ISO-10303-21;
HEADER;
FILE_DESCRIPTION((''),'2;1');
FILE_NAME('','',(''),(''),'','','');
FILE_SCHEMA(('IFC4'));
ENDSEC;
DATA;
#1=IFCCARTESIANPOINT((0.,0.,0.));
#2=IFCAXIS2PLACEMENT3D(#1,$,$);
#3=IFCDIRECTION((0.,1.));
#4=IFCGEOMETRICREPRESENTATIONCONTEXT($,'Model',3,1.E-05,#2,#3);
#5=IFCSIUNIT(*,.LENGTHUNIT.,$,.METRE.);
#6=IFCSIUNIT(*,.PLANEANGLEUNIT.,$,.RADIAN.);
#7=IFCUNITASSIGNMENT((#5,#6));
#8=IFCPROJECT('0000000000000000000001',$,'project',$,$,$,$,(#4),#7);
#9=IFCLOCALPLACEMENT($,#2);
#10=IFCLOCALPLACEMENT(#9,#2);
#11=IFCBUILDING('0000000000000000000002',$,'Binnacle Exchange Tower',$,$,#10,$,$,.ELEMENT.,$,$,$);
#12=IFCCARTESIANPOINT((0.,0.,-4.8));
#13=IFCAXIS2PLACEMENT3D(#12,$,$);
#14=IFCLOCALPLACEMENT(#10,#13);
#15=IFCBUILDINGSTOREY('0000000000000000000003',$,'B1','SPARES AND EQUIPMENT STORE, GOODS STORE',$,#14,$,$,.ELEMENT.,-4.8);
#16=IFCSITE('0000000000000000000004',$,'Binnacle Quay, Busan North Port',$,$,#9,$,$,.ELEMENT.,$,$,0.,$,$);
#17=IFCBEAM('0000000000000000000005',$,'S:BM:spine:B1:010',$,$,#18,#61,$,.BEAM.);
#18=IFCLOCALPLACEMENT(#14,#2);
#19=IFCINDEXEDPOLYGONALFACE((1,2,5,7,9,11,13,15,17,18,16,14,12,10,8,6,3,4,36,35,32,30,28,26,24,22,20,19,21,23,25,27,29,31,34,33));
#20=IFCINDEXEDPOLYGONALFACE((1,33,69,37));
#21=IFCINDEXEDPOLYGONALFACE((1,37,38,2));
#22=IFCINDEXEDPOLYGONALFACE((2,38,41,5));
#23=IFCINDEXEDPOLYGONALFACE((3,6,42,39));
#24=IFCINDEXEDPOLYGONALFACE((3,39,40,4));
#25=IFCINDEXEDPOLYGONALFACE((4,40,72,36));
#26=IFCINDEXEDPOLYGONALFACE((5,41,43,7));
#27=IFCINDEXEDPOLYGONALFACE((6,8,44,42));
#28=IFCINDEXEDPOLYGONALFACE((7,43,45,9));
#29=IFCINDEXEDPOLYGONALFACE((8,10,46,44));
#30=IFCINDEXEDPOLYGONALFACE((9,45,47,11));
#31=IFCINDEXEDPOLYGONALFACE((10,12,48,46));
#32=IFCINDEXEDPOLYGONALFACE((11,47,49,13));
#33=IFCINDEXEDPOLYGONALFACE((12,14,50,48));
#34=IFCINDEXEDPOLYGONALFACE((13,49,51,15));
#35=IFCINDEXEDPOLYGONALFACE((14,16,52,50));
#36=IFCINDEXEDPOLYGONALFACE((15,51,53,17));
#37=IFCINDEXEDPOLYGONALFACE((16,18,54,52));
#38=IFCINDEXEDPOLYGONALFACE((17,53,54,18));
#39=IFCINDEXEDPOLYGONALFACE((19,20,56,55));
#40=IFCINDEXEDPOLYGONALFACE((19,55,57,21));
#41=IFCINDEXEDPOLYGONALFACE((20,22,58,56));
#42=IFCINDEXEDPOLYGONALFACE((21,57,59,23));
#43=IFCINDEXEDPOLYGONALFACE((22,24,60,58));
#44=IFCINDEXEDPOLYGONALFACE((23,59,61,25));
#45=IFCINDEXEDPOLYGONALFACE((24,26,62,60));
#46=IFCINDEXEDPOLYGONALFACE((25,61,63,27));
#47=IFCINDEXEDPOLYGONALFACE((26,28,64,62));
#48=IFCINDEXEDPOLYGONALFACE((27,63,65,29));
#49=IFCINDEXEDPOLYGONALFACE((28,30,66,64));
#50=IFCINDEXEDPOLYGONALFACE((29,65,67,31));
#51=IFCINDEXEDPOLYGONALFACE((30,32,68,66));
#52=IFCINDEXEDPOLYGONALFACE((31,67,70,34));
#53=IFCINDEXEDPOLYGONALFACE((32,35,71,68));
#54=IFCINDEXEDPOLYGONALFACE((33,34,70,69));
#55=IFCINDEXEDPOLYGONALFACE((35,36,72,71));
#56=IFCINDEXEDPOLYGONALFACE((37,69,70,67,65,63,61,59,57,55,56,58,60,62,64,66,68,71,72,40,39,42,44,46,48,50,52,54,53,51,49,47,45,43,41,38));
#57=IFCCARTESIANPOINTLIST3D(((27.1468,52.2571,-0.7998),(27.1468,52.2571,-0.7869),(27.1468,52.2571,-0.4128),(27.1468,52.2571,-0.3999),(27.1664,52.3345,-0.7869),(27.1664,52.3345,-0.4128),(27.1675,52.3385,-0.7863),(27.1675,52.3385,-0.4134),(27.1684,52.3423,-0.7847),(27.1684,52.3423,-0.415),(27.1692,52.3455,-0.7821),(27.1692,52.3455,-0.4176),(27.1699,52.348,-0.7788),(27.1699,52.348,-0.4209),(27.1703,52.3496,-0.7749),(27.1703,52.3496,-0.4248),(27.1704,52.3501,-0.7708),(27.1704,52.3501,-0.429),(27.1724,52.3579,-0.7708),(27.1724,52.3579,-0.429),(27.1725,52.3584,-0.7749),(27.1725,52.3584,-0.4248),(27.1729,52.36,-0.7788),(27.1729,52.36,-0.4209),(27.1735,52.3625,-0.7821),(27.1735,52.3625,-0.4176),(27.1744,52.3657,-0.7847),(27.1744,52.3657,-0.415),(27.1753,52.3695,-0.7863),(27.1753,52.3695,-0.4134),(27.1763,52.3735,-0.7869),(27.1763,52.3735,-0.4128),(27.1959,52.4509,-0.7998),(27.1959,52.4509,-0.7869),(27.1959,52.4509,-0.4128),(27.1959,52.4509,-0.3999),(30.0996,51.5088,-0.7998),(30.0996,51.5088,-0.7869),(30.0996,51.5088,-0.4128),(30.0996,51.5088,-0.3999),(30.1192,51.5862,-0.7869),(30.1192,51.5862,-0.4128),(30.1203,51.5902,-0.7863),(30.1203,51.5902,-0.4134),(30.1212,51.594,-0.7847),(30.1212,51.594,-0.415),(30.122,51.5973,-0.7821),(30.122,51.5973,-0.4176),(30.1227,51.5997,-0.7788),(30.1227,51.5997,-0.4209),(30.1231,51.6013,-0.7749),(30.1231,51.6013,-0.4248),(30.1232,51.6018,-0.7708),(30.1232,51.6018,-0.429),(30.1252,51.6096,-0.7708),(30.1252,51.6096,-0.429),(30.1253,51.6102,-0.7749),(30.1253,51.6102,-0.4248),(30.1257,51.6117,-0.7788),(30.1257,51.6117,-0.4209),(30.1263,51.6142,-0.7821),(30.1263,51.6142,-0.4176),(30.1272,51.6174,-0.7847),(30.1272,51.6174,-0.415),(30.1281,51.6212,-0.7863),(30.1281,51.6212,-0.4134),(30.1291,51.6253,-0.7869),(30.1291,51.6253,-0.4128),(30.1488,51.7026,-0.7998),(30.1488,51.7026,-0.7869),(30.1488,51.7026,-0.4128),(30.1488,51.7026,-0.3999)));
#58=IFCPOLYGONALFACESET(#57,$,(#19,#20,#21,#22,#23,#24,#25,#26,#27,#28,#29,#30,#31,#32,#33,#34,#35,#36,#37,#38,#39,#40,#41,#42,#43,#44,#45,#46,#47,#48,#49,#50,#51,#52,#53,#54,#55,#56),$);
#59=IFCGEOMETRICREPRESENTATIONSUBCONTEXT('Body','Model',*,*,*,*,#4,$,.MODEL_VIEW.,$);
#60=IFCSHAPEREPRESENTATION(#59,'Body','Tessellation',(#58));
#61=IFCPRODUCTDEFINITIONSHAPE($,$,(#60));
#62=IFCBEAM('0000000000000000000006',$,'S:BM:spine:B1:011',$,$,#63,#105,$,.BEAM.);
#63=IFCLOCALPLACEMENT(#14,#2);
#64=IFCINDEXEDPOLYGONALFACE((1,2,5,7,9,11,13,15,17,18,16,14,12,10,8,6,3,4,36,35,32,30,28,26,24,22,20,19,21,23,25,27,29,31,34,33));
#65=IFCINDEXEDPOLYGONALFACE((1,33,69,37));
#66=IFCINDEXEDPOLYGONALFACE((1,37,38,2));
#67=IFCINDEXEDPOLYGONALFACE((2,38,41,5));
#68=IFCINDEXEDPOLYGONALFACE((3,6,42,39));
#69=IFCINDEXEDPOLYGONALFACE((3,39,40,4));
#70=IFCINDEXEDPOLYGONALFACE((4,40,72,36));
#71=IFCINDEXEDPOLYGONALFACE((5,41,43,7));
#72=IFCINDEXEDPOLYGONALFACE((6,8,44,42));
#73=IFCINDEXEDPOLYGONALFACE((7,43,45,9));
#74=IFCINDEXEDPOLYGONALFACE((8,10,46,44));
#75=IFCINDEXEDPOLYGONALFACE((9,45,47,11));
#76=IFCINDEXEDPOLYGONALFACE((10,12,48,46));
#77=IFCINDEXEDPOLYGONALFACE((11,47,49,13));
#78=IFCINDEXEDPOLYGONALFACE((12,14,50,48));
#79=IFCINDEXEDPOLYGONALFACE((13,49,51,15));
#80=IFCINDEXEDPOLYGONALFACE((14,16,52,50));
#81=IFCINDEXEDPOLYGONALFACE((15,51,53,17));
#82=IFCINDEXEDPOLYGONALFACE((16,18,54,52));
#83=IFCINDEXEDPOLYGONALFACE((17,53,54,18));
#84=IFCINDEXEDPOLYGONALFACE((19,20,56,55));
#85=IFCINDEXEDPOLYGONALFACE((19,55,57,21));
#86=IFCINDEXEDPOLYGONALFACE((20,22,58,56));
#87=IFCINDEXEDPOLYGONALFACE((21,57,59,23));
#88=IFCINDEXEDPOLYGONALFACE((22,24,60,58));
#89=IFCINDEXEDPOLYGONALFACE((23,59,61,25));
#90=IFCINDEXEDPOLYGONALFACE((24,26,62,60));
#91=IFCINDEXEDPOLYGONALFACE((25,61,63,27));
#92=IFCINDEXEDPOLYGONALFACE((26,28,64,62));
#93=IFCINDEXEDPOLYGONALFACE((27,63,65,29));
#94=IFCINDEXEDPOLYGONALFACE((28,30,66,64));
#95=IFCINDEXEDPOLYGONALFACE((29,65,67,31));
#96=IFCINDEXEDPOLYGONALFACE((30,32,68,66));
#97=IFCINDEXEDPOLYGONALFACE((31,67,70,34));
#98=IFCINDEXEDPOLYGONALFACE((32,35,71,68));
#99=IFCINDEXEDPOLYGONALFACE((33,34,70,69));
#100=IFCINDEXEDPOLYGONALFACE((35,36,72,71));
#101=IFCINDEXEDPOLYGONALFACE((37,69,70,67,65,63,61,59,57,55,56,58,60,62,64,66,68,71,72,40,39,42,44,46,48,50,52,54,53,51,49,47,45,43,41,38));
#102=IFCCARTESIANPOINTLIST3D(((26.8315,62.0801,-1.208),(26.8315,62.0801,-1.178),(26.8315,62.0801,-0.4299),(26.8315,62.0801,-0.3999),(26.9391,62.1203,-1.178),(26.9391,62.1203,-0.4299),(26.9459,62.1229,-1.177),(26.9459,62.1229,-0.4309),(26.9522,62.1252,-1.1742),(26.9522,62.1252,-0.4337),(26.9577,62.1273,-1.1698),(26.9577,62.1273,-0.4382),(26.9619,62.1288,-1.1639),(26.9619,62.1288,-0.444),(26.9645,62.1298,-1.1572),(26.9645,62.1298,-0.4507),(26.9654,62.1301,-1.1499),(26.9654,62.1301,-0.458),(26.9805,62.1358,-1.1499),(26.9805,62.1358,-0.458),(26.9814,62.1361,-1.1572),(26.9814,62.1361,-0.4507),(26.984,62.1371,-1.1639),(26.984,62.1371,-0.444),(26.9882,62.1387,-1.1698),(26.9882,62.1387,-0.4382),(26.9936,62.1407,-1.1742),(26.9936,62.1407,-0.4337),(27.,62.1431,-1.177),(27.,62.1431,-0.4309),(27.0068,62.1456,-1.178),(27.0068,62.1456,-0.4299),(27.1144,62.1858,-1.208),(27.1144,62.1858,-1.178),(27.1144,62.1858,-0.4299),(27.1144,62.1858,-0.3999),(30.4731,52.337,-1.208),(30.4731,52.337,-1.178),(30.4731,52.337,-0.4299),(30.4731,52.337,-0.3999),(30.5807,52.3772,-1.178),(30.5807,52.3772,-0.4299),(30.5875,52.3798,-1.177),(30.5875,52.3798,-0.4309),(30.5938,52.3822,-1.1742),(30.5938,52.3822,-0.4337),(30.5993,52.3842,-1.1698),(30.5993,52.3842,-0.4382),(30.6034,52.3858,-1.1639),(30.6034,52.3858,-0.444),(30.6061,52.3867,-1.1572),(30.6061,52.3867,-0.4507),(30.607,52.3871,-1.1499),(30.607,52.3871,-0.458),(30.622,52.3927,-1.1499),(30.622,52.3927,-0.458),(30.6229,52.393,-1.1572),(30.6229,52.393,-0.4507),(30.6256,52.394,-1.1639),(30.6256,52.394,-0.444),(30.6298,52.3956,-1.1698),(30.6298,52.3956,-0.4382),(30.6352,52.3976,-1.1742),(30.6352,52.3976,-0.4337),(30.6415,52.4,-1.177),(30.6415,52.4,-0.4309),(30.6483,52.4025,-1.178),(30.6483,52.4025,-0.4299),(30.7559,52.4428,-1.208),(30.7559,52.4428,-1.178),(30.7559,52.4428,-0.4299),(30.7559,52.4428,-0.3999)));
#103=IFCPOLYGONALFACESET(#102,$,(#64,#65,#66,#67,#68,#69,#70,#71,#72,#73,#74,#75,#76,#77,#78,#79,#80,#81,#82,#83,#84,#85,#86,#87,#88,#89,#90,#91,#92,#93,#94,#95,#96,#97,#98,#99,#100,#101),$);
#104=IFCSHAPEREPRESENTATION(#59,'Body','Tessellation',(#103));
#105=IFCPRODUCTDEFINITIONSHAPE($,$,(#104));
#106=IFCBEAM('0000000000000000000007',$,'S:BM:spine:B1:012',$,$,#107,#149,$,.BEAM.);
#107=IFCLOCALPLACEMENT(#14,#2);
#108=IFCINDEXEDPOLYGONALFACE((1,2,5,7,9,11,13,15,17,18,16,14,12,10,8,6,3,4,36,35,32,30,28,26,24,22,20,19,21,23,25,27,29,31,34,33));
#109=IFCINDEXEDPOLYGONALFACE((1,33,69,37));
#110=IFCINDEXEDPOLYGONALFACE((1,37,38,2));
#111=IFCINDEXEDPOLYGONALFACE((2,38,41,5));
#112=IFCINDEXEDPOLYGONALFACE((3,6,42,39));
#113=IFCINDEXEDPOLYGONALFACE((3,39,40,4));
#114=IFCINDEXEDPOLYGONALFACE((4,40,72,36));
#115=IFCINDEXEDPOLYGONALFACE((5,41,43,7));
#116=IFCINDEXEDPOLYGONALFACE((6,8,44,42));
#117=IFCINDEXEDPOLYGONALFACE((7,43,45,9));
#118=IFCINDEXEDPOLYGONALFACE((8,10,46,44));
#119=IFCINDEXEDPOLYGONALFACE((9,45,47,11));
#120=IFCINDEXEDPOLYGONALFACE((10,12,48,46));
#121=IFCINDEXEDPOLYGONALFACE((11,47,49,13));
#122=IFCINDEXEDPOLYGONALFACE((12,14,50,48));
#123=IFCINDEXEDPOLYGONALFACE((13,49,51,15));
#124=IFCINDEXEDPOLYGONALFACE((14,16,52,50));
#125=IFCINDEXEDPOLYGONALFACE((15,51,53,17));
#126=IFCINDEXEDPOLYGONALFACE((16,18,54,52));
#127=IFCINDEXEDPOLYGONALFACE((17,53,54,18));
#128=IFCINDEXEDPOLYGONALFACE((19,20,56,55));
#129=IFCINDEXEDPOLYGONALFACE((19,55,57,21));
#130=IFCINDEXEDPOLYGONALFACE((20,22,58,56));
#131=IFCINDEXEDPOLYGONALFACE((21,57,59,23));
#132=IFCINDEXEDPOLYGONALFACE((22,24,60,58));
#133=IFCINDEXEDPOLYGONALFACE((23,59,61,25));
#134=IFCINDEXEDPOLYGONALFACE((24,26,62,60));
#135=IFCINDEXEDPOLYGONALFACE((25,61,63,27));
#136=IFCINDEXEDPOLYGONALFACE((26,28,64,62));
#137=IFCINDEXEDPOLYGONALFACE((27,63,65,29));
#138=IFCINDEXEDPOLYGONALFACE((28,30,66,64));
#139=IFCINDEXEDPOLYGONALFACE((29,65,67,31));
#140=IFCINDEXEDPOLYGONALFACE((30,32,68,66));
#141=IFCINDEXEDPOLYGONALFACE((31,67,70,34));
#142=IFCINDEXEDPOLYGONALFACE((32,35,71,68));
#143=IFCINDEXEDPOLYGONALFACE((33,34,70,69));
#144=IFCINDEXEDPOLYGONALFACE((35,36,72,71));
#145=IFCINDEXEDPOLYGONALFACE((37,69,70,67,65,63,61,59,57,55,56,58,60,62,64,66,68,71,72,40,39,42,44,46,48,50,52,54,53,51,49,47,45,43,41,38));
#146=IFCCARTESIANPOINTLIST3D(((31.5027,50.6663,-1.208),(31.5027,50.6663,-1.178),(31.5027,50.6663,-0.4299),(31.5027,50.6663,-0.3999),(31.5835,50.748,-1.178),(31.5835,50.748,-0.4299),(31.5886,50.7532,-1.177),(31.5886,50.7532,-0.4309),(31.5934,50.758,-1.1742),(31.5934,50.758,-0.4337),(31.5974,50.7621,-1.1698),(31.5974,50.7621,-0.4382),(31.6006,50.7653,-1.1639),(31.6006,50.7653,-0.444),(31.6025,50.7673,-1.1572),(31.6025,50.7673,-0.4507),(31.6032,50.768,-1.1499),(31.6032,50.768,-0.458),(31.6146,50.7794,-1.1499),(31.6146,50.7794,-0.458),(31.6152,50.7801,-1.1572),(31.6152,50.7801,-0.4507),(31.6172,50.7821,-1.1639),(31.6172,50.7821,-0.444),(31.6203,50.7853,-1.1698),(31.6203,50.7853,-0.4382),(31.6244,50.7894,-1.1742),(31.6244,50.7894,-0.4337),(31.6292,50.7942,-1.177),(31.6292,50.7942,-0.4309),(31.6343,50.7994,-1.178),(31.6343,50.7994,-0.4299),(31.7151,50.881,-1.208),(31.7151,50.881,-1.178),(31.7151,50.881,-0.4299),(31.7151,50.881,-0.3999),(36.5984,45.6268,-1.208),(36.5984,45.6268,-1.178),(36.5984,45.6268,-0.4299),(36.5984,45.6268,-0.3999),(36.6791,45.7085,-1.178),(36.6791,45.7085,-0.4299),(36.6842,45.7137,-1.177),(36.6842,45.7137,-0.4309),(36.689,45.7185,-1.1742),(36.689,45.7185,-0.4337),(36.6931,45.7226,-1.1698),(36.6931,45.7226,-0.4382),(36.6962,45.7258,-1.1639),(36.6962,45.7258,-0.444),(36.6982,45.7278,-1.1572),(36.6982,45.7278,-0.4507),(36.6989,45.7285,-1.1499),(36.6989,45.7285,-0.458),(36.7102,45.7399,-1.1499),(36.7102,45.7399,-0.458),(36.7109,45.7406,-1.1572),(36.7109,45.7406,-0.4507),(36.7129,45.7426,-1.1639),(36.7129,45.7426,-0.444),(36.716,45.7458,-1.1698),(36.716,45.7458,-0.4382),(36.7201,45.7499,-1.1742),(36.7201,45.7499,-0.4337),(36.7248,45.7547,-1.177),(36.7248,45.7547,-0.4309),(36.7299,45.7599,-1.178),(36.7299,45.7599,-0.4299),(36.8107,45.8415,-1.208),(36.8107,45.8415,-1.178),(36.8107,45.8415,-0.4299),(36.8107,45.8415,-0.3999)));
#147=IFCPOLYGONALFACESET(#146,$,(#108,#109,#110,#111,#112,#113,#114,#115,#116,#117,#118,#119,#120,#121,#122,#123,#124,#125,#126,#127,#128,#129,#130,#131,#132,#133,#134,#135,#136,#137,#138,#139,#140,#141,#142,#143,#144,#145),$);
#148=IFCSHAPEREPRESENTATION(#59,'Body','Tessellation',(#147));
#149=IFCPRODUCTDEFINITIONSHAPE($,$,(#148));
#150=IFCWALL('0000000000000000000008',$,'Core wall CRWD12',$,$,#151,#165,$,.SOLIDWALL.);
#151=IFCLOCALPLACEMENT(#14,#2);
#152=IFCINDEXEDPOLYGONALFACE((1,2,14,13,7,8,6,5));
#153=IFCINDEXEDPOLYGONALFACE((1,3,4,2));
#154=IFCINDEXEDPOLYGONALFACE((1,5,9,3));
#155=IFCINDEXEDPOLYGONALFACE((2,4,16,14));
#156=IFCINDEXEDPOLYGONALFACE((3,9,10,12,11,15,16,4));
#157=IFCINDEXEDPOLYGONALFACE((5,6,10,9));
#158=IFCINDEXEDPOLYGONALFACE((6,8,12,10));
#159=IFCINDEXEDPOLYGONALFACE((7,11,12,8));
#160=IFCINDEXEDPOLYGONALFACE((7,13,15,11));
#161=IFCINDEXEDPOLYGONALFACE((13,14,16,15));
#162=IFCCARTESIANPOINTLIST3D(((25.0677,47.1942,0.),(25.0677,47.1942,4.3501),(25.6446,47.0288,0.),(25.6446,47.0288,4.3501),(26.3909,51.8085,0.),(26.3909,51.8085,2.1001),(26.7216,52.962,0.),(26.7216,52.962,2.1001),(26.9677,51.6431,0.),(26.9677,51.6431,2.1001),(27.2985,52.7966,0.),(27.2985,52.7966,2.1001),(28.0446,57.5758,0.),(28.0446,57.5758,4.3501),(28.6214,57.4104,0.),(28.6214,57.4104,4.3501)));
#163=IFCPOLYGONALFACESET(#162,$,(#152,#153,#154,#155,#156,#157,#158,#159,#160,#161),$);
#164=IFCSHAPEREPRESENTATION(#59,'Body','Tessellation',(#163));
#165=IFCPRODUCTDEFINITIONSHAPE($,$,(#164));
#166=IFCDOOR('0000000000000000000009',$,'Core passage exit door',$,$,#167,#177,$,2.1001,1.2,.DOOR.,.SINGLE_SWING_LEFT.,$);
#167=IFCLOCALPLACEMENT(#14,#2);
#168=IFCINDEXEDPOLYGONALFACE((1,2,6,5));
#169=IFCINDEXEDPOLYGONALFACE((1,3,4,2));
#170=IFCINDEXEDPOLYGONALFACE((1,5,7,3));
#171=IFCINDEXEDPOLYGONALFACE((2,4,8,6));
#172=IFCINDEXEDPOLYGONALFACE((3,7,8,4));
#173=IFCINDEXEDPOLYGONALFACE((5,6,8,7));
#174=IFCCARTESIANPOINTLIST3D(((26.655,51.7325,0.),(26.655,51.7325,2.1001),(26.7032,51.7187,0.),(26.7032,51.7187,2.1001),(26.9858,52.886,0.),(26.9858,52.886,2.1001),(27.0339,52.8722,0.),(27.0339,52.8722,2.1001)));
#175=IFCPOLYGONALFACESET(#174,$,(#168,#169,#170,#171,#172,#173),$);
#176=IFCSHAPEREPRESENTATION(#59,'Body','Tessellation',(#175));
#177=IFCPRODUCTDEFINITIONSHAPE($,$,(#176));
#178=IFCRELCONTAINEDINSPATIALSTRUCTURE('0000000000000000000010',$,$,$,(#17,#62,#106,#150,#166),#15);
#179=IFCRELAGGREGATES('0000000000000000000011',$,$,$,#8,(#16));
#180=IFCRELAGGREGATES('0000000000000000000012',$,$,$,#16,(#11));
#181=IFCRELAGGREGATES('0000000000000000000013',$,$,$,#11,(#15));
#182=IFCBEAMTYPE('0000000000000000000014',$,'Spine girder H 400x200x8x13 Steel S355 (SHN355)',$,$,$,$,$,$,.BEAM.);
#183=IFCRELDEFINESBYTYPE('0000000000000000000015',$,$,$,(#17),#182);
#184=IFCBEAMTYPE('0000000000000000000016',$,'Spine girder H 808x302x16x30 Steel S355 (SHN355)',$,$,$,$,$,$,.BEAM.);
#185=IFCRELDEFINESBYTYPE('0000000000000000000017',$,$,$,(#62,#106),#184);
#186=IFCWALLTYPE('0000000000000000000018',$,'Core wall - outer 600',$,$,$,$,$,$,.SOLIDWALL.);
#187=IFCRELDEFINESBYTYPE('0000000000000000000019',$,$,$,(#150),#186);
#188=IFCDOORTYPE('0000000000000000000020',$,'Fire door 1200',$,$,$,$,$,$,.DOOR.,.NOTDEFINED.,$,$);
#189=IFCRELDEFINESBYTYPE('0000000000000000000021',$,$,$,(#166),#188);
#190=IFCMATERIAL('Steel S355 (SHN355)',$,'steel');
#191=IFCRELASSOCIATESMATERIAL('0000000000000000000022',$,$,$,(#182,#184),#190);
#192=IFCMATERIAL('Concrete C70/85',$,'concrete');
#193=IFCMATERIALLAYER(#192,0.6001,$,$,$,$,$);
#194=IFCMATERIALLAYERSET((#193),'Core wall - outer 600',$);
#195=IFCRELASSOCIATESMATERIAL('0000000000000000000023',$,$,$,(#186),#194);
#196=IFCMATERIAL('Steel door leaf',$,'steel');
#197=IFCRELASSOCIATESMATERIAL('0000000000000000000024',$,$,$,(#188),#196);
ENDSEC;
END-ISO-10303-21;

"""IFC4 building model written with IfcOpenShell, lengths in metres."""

from ifc_helpers import new_model, si_unit, direction, frame, frame_2d, origin, origin_2d, place, context, subcontext, project, spatial, rectangle, i_section, extrude, material, layer, layer_set, material_profile, profile_set, type_object, element, fill, save


model = new_model("IFC4")

# Units and contexts
model_context = context("Model", 3, precision=1e-05, world=origin(), true_north=direction((0.0, 1.0)))
body_context = subcontext(model_context, "Body", "Model", "MODEL_VIEW")
ifc_project = project(units=[si_unit("LENGTHUNIT", "METRE"), si_unit("PLANEANGLEUNIT", "RADIAN")], contexts=[model_context])

# Site, building, storey
site_placement = place(None, origin())
site = spatial("IfcSite", under=ifc_project, at=site_placement, Name="Binnacle Quay, Busan North Port", CompositionType="ELEMENT", RefElevation=0.0)
building_placement = place(site_placement, origin())
building = spatial("IfcBuilding", under=site, at=building_placement, Name="Binnacle Exchange Tower", CompositionType="ELEMENT")
storey_placement = place(building_placement, frame((0.0, 0.0, -4.8)))
storey = spatial("IfcBuildingStorey", under=building, at=storey_placement, Name="B1", Description="SPARES AND EQUIPMENT STORE, GOODS STORE", CompositionType="ELEMENT", Elevation=-4.8)

# Shared definitions
ifc_material_1 = material(Name="Concrete C70/85", Category="concrete")

# Beams
ifc_material_2 = material(Name="Steel S355 (SHN355)", Category="steel")
ifc_material_profile_1 = material_profile(ifc_material_2, i_section(OverallWidth=0.2, OverallDepth=0.3999, WebThickness=0.0081, FlangeThickness=0.0129, FilletRadius=0.0161, at=origin_2d()), Name="H 400x200x8x13")
ifc_profile_set_1 = profile_set([ifc_material_profile_1], Name="Steel S355 (SHN355)")
beam_type_1 = type_object("IfcBeamType", Name="Spine girder H 400x200x8x13 Steel S355 (SHN355)", PredefinedType="BEAM", material=ifc_profile_set_1)
beam_1_placement = place(storey_placement, frame((27.1714, 52.354, -0.5999), z_axis=(0.96936, -0.245646, 0.0), x_axis=(0.245646, 0.96936, 0.0)))
element("IfcBeam", 1, at=beam_1_placement, inside=storey, type_object=beam_type_1, Name="S:BM:spine:B1:010", PredefinedType="BEAM", context=body_context, shape_type="SweptSolid", body=[
    extrude(i_section(OverallWidth=0.2, OverallDepth=0.3999, WebThickness=0.0081, FlangeThickness=0.0129, FilletRadius=0.0161, at=origin_2d()), origin(), (0.0, 0.0, 1.0), 3.0461),
])
ifc_material_profile_2 = material_profile(ifc_material_2, i_section(OverallWidth=0.302, OverallDepth=0.8081, WebThickness=0.0161, FlangeThickness=0.03, FilletRadius=0.0281, at=origin_2d()), Name="H 808x302x16x30")
ifc_profile_set_2 = profile_set([ifc_material_profile_2], Name="Steel S355 (SHN355)")
beam_type_2 = type_object("IfcBeamType", Name="Spine girder H 808x302x16x30 Steel S355 (SHN355)", PredefinedType="BEAM", material=ifc_profile_set_2)
beam_2_placement = place(storey_placement, frame((30.6145, 52.3899, -0.804), z_axis=(-0.350105, 0.936711, 0.0), x_axis=(-0.936711, -0.350105, 0.0)))
element("IfcBeam", 2, at=beam_2_placement, inside=storey, type_object=beam_type_2, Name="S:BM:spine:B1:011", PredefinedType="BEAM", context=body_context, shape_type="SweptSolid", body=[
    extrude(i_section(OverallWidth=0.302, OverallDepth=0.8081, WebThickness=0.0161, FlangeThickness=0.03, FilletRadius=0.0281, at=origin_2d()), origin(), (0.0, 0.0, 1.0), 10.4014),
])
beam_3_placement = place(storey_placement, frame((31.6089, 50.7737, -0.804), z_axis=(0.711013, -0.703178, 0.0), x_axis=(0.703178, 0.711013, 0.0)))
element("IfcBeam", 3, at=beam_3_placement, inside=storey, type_object=beam_type_2, Name="S:BM:spine:B1:012", PredefinedType="BEAM", context=body_context, shape_type="SweptSolid", body=[
    extrude(i_section(OverallWidth=0.302, OverallDepth=0.8081, WebThickness=0.0161, FlangeThickness=0.03, FilletRadius=0.0281, at=origin_2d()), origin(), (0.0, 0.0, 1.0), 7.1667),
])

# Wall, opening, door
ifc_layer_1 = layer(ifc_material_1, 0.6001)
ifc_layer_set_1 = layer_set([ifc_layer_1], Name="Core wall - outer 600")
wall_type_1 = type_object("IfcWallType", Name="Core wall - outer 600", PredefinedType="SOLIDWALL", material=ifc_layer_set_1)
wall_1_placement = place(storey_placement, frame((25.3562, 47.1116, 0.0), z_axis=(0.0, 0.0, 1.0), x_axis=(0.275632, 0.961263, 0.0)))
wall_1 = element("IfcWall", 4, at=wall_1_placement, inside=storey, type_object=wall_type_1, Name="Core wall CRWD12", PredefinedType="SOLIDWALL", context=body_context, shape_type="SweptSolid", body=[
    extrude(rectangle(XDim=10.8, YDim=0.6001, at=frame_2d((5.3999, 0.0))), origin(), (0.0, 0.0, 1.0), 4.3501),
])
opening_1_placement = place(wall_1_placement, frame((4.8, 0.0, 0.0)))
opening_1 = element("IfcOpeningElement", 5, at=opening_1_placement, cuts=wall_1, PredefinedType="OPENING", context=body_context, shape_type="SweptSolid", body=[
    extrude(rectangle(XDim=1.2, YDim=2.1001, at=frame_2d((0.6001, 1.05))), frame((0.0, 0.3101, 0.0), z_axis=(0.0, -1.0, 0.0), x_axis=(1.0, 0.0, 0.0)), (0.0, 0.0, 1.0), 0.6201),
])
ifc_material_3 = material(Name="Steel door leaf", Category="steel")
door_type_1 = type_object("IfcDoorType", Name="Fire door 1200", OperationType="NOTDEFINED", PredefinedType="DOOR", material=ifc_material_3)
door_1_placement = place(opening_1_placement, frame((1.2, 0.0, 0.0), z_axis=(0.0, 0.0, 1.0), x_axis=(-1.0, 0.0, 0.0)))
door_1 = element("IfcDoor", 6, at=door_1_placement, inside=storey, type_object=door_type_1, Name="Core passage exit door", OperationType="SINGLE_SWING_LEFT", OverallHeight=2.1001, OverallWidth=1.2, PredefinedType="DOOR", context=body_context, shape_type="SweptSolid", body=[
    extrude(rectangle(XDim=1.2, YDim=2.1001, at=frame_2d((0.6001, 1.05))), frame((0.0, 0.0249, 0.0), z_axis=(0.0, -1.0, 0.0), x_axis=(1.0, 0.0, 0.0)), (0.0, 0.0, 1.0), 0.05),
])
fill(opening_1, door_1)

save(model, "model.ifc")
